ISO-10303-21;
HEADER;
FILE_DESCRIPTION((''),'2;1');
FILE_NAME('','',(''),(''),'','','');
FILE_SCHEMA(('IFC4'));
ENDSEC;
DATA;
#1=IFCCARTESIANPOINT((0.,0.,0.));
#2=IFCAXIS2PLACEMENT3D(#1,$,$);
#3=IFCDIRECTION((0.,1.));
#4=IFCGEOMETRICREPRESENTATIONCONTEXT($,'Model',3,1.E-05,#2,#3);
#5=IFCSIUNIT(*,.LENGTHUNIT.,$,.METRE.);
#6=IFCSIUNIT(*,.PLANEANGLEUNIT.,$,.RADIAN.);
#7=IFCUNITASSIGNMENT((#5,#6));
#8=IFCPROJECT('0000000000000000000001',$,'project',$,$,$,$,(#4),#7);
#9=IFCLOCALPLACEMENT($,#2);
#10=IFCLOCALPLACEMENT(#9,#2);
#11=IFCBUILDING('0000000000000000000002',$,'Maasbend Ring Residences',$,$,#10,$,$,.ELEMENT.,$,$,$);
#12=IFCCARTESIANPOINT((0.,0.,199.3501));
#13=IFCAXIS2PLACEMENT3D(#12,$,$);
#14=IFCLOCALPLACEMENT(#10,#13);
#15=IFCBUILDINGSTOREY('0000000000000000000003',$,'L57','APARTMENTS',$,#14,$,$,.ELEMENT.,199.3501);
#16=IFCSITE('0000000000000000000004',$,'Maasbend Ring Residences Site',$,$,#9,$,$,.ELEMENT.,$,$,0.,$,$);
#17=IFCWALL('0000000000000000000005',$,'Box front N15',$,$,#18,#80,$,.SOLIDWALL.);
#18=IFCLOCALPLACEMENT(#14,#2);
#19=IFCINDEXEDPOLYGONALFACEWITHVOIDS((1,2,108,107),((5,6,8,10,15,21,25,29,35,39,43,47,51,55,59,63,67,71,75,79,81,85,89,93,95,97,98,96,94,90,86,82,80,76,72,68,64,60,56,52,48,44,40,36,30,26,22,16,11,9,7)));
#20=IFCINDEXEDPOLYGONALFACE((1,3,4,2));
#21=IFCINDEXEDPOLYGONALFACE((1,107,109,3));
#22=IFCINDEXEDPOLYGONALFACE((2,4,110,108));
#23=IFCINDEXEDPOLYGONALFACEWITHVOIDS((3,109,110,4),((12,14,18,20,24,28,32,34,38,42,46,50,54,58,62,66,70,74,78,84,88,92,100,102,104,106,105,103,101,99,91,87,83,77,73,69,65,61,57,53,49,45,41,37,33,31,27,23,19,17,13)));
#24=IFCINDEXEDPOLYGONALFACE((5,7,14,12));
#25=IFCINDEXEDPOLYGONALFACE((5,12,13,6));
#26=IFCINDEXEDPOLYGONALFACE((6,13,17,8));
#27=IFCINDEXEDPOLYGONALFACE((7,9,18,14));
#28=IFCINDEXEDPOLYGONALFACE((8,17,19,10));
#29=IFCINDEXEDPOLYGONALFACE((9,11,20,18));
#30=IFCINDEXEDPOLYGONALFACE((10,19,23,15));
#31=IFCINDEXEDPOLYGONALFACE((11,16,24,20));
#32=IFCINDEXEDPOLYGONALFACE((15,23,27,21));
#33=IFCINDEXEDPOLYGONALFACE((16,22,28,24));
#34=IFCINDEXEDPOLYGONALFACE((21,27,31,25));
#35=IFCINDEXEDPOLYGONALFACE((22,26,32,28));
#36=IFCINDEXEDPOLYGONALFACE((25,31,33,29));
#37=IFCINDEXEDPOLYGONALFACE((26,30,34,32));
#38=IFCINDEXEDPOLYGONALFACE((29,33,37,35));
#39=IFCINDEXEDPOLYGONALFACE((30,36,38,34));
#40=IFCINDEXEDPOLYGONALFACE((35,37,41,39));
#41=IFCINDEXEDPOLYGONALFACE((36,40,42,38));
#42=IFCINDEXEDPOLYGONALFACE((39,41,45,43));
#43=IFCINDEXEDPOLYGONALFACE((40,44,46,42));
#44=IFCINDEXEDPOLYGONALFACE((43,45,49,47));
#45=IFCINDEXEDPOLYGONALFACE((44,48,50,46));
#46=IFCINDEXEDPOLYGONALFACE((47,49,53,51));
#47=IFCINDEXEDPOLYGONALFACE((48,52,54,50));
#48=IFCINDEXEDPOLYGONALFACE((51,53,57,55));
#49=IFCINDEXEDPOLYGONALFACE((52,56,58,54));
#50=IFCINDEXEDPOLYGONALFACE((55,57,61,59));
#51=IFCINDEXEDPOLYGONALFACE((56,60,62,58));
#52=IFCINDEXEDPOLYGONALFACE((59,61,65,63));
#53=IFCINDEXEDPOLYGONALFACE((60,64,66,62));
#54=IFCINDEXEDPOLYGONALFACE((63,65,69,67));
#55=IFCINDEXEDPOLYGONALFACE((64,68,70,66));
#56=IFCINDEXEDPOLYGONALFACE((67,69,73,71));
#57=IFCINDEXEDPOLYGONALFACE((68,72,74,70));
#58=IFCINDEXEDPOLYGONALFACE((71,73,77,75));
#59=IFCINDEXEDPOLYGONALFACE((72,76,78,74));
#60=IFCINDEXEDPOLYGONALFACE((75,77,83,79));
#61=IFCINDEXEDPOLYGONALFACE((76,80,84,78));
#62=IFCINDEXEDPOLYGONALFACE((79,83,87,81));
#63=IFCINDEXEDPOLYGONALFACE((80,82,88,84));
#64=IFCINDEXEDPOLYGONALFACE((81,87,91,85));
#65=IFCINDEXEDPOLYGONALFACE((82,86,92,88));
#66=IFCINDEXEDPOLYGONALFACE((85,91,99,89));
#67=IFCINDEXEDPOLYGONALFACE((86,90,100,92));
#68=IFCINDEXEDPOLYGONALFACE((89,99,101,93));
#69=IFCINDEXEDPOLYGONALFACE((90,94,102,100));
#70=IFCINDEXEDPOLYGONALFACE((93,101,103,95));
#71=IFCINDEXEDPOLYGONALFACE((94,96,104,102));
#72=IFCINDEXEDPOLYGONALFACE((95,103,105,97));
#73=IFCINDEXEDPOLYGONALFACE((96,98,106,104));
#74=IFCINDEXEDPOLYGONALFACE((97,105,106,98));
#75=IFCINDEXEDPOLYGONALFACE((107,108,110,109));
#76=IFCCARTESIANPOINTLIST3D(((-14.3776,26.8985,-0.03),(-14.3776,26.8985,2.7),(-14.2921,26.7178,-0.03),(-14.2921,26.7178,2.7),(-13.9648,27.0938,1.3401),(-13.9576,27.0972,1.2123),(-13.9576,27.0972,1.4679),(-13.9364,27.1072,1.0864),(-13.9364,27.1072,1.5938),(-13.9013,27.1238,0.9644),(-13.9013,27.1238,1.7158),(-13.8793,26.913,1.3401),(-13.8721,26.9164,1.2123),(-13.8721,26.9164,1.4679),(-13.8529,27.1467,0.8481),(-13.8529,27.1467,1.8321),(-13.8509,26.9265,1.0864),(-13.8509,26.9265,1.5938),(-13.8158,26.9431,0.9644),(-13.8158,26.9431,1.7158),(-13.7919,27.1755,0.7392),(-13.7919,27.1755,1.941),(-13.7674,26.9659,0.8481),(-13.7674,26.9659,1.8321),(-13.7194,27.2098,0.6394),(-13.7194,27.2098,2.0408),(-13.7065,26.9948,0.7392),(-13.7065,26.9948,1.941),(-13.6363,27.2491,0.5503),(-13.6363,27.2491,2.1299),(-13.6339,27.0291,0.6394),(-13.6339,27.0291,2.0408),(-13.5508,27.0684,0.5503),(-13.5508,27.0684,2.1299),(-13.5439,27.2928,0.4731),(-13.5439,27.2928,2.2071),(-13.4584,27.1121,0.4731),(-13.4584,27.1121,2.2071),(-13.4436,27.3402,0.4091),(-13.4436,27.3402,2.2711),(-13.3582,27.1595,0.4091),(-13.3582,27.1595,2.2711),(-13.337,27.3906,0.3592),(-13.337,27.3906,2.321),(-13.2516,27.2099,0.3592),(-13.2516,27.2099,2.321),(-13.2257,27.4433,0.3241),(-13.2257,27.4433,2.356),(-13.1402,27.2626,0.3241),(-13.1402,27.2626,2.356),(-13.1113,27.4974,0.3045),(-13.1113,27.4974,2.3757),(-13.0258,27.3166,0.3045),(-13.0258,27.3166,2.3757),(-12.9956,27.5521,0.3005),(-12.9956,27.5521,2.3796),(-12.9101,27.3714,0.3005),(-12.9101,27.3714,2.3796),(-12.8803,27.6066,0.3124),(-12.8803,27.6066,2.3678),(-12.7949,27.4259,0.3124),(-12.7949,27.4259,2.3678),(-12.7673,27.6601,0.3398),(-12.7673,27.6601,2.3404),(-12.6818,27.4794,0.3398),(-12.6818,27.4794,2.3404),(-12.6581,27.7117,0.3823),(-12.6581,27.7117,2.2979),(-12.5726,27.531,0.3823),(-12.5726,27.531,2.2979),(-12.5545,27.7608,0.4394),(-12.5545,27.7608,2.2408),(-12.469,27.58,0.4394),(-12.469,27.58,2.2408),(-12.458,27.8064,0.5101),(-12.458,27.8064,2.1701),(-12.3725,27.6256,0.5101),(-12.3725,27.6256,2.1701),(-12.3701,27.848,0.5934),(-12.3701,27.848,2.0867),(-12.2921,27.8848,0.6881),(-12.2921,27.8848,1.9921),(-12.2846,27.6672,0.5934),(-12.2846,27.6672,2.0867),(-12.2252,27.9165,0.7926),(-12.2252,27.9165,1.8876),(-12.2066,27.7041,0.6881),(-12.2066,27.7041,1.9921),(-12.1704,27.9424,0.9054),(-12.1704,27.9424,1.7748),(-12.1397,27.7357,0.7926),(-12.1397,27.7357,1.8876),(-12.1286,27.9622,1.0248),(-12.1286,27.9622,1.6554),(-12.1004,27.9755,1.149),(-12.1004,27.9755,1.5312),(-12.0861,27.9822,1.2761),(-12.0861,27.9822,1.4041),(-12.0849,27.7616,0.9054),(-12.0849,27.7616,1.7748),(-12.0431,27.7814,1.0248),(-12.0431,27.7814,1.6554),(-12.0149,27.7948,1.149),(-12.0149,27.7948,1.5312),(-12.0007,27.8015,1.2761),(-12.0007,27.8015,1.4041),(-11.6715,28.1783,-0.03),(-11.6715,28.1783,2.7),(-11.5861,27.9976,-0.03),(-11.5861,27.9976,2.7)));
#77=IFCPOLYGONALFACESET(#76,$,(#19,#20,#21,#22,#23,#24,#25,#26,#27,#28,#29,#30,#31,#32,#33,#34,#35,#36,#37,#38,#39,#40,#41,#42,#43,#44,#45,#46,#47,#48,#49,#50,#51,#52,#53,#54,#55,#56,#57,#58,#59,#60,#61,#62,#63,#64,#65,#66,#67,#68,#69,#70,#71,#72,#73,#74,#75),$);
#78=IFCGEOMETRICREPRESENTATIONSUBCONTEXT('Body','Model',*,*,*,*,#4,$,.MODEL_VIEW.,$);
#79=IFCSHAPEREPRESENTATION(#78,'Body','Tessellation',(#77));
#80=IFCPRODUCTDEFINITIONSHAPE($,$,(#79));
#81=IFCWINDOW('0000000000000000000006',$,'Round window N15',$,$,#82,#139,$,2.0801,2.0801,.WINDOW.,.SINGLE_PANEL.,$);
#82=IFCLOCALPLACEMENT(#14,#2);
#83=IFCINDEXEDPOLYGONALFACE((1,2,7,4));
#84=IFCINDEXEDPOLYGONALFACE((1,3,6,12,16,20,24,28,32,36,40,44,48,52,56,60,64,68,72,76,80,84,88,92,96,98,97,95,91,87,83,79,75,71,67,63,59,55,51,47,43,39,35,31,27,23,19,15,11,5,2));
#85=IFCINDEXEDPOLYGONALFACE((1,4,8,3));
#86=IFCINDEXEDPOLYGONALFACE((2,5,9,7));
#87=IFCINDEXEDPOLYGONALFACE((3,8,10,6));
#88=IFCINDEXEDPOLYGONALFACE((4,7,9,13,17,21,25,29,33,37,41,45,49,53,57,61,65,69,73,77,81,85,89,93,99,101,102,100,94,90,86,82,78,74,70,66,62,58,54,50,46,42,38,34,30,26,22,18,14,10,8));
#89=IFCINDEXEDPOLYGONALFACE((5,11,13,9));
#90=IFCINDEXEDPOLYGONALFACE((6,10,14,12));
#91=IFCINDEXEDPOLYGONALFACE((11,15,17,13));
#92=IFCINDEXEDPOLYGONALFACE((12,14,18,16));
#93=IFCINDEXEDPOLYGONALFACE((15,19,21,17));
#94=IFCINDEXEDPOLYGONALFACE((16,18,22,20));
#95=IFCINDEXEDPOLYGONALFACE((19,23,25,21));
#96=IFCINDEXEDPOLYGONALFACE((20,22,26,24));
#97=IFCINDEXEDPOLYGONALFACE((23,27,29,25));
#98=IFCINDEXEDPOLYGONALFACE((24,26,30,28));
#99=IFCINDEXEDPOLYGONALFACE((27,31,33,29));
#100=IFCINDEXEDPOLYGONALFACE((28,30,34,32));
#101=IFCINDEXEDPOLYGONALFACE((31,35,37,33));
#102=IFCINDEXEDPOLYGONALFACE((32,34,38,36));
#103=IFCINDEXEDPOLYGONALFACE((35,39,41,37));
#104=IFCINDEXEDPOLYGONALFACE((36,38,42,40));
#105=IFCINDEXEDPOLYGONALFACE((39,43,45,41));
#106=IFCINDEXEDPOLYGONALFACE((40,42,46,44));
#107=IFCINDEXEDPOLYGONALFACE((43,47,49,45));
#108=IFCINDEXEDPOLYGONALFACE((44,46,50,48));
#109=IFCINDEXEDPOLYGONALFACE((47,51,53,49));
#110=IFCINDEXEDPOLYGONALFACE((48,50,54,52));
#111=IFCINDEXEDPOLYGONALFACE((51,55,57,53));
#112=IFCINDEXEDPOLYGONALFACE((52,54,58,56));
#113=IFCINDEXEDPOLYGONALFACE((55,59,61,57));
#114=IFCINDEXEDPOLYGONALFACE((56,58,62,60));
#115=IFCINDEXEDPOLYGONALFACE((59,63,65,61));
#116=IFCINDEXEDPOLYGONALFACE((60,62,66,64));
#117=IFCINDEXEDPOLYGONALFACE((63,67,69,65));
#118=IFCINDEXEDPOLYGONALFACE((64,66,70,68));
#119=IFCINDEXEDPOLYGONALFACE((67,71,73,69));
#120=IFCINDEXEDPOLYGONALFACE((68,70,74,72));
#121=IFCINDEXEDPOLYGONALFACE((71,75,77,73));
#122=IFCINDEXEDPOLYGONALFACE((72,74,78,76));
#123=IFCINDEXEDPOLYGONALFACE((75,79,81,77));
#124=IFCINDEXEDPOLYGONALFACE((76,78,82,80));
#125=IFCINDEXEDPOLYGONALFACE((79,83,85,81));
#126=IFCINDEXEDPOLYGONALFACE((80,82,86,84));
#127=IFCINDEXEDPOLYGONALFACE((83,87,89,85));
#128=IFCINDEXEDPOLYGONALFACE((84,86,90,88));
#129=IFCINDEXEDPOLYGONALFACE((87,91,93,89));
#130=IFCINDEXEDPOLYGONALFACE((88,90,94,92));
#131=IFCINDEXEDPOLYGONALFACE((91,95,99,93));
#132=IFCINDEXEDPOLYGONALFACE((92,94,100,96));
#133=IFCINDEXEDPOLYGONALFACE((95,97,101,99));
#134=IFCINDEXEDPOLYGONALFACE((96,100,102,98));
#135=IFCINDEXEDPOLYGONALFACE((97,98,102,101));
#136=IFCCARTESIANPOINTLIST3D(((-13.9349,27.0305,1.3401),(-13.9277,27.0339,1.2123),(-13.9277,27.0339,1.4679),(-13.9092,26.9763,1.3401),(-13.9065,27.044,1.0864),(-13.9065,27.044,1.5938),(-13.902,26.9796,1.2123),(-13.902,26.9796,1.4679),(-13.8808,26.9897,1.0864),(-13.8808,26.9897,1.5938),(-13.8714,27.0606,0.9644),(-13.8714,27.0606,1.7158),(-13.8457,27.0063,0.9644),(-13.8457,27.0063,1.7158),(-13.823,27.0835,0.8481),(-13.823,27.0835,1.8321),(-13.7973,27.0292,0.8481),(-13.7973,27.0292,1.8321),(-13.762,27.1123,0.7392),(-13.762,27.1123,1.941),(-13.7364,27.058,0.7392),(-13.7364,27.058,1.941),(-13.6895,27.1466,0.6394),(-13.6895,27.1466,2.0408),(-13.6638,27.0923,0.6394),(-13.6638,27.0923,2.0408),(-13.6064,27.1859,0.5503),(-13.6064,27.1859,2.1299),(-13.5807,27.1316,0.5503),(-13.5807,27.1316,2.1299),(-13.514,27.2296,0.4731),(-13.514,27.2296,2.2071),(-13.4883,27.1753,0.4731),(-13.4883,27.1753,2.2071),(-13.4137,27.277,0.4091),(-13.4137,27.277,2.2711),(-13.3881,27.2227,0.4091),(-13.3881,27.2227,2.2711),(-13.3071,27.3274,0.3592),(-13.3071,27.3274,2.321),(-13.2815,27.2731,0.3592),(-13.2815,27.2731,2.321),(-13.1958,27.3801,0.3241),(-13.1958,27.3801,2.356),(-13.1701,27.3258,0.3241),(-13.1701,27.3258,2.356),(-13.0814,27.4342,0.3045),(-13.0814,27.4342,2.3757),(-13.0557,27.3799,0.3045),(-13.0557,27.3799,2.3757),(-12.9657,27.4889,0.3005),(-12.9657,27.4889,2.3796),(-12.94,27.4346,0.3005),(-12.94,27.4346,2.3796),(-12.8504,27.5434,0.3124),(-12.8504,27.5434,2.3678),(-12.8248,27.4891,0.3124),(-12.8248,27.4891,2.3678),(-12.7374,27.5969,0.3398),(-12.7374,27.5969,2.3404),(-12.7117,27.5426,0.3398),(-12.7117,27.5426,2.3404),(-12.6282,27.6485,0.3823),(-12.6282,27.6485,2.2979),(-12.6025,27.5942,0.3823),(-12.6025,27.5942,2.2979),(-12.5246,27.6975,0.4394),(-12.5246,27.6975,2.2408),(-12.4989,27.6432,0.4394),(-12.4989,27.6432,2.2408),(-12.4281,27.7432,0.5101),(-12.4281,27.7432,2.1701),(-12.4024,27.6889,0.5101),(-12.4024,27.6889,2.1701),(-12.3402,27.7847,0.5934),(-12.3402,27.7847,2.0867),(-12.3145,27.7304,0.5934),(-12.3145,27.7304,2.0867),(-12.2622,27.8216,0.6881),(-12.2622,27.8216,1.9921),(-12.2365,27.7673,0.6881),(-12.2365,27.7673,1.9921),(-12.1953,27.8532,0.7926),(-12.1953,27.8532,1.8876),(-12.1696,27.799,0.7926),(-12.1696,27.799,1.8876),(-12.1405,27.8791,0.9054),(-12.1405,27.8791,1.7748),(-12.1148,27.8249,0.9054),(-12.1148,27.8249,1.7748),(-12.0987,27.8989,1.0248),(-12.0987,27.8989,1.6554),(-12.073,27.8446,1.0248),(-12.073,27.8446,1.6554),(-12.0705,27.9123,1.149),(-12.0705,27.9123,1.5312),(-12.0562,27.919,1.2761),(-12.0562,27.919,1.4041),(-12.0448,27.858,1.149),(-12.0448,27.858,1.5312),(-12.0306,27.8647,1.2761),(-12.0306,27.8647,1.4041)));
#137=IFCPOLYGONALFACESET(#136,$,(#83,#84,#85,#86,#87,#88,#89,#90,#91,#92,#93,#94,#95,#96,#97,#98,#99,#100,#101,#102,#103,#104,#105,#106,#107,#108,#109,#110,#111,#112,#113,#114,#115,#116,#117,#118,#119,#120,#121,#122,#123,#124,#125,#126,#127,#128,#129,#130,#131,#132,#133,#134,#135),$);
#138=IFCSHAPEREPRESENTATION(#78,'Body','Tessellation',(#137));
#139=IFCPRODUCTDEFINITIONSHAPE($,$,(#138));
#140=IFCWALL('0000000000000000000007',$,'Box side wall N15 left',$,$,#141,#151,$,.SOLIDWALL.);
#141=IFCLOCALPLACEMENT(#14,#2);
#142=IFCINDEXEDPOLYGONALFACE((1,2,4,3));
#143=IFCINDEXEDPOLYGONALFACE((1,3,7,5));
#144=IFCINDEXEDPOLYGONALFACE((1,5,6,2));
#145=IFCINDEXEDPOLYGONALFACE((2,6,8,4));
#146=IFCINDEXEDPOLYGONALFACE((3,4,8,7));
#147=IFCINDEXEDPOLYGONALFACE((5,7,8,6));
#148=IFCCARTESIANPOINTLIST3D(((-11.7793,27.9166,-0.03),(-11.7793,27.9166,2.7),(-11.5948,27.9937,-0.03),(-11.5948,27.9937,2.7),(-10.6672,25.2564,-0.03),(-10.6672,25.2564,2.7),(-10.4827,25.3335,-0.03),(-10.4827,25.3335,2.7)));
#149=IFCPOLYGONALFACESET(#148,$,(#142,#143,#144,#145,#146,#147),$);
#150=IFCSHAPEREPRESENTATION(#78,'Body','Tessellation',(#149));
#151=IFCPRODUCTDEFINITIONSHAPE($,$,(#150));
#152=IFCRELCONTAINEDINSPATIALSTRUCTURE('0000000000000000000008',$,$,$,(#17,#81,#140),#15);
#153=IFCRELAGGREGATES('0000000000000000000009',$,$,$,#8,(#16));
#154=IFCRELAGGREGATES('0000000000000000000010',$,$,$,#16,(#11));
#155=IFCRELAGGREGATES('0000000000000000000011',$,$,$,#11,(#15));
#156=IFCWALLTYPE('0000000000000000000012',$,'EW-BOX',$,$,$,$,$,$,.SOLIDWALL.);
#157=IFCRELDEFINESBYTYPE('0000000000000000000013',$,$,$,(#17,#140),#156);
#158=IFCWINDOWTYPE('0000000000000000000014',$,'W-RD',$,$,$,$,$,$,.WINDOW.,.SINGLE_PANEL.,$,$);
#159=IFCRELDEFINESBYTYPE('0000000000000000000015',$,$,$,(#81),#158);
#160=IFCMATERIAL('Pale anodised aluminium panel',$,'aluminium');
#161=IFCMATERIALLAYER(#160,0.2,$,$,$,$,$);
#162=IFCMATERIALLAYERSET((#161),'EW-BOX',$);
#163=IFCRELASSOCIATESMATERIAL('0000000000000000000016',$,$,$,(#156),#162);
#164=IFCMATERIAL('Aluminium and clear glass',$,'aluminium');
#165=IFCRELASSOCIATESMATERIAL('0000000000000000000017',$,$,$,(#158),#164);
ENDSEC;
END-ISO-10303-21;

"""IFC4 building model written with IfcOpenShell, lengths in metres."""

from ifc_helpers import new_model, si_unit, direction, frame, frame_2d, origin, place, context, subcontext, project, spatial, rectangle, circle, extrude, material, layer, layer_set, type_object, element, fill, save


model = new_model("IFC4")

# Units and contexts
model_context = context("Model", 3, precision=1e-05, world=origin(), true_north=direction((0.0, 1.0)))
body_context = subcontext(model_context, "Body", "Model", "MODEL_VIEW")
ifc_project = project(units=[si_unit("LENGTHUNIT", "METRE"), si_unit("PLANEANGLEUNIT", "RADIAN")], contexts=[model_context])

# Site, building, storey
site_placement = place(None, origin())
site = spatial("IfcSite", under=ifc_project, at=site_placement, Name="Maasbend Ring Residences Site", CompositionType="ELEMENT", RefElevation=0.0)
building_placement = place(site_placement, origin())
building = spatial("IfcBuilding", under=site, at=building_placement, Name="Maasbend Ring Residences", CompositionType="ELEMENT")
storey_placement = place(building_placement, frame((0.0, 0.0, 199.3501)))
storey = spatial("IfcBuildingStorey", under=building, at=storey_placement, Name="L57", Description="APARTMENTS", CompositionType="ELEMENT", Elevation=199.3501)

# Shared definitions
ifc_material_1 = material(Name="Pale anodised aluminium panel", Category="aluminium")
ifc_layer_1 = layer(ifc_material_1, 0.2)
ifc_layer_set_1 = layer_set([ifc_layer_1], Name="EW-BOX")
wall_type_1 = type_object("IfcWallType", Name="EW-BOX", PredefinedType="SOLIDWALL", material=ifc_layer_set_1)

# Shared definitions
ifc_material_2 = material(Name="Aluminium and clear glass", Category="aluminium")
window_type_1 = type_object("IfcWindowType", Name="W-RD", PartitioningType="SINGLE_PANEL", PredefinedType="WINDOW", material=ifc_material_2)

# Wall, opening, window
wall_1_placement = place(storey_placement, frame((-11.6289, 28.0879, -0.03), z_axis=(0.0, 0.0, 1.0), x_axis=(-0.904, -0.427532, 0.0)))
wall_1 = element("IfcWall", 1, at=wall_1_placement, inside=storey, type_object=wall_type_1, Name="Box front N15", PredefinedType="SOLIDWALL", context=body_context, shape_type="SweptSolid", body=[
    extrude(rectangle(XDim=2.9934, YDim=0.2, at=frame_2d((1.4966, 0.0))), origin(), (0.0, 0.0, 1.0), 2.73),
])
opening_1_placement = place(wall_1_placement, frame((0.4565, 0.0, 0.3301)))
opening_1 = element("IfcOpeningElement", 2, at=opening_1_placement, cuts=wall_1, PredefinedType="OPENING", context=body_context, shape_type="SweptSolid", body=[
    extrude(circle(Radius=1.04, at=frame_2d((1.04, 1.04))), frame((0.0, 0.1099, 0.0), z_axis=(0.0, -1.0, 0.0), x_axis=(1.0, 0.0, 0.0)), (0.0, 0.0, 1.0), 0.22),
])
window_1_placement = place(opening_1_placement, origin())
window_1 = element("IfcWindow", 3, at=window_1_placement, inside=storey, type_object=window_type_1, Name="Round window N15", OverallHeight=2.0801, OverallWidth=2.0801, PartitioningType="SINGLE_PANEL", PredefinedType="WINDOW", context=body_context, shape_type="SweptSolid", body=[
    extrude(circle(Radius=1.04, at=frame_2d((1.04, 1.04))), frame((0.0, 0.03, 0.0), z_axis=(0.0, -1.0, 0.0), x_axis=(1.0, 0.0, 0.0)), (0.0, 0.0, 1.0), 0.0601),
])
fill(opening_1, window_1)

# Wall
wall_2_placement = place(storey_placement, frame((-10.575, 25.2949, -0.03), z_axis=(0.0, 0.0, 1.0), x_axis=(-0.385697, 0.922625, 0.0)))
element("IfcWall", 4, at=wall_2_placement, inside=storey, type_object=wall_type_1, Name="Box side wall N15 left", PredefinedType="SOLIDWALL", context=body_context, shape_type="SweptSolid", body=[
    extrude(rectangle(XDim=2.8833, YDim=0.2, at=frame_2d((1.4417, 0.0))), origin(), (0.0, 0.0, 1.0), 2.73),
])

save(model, "model.ifc")
